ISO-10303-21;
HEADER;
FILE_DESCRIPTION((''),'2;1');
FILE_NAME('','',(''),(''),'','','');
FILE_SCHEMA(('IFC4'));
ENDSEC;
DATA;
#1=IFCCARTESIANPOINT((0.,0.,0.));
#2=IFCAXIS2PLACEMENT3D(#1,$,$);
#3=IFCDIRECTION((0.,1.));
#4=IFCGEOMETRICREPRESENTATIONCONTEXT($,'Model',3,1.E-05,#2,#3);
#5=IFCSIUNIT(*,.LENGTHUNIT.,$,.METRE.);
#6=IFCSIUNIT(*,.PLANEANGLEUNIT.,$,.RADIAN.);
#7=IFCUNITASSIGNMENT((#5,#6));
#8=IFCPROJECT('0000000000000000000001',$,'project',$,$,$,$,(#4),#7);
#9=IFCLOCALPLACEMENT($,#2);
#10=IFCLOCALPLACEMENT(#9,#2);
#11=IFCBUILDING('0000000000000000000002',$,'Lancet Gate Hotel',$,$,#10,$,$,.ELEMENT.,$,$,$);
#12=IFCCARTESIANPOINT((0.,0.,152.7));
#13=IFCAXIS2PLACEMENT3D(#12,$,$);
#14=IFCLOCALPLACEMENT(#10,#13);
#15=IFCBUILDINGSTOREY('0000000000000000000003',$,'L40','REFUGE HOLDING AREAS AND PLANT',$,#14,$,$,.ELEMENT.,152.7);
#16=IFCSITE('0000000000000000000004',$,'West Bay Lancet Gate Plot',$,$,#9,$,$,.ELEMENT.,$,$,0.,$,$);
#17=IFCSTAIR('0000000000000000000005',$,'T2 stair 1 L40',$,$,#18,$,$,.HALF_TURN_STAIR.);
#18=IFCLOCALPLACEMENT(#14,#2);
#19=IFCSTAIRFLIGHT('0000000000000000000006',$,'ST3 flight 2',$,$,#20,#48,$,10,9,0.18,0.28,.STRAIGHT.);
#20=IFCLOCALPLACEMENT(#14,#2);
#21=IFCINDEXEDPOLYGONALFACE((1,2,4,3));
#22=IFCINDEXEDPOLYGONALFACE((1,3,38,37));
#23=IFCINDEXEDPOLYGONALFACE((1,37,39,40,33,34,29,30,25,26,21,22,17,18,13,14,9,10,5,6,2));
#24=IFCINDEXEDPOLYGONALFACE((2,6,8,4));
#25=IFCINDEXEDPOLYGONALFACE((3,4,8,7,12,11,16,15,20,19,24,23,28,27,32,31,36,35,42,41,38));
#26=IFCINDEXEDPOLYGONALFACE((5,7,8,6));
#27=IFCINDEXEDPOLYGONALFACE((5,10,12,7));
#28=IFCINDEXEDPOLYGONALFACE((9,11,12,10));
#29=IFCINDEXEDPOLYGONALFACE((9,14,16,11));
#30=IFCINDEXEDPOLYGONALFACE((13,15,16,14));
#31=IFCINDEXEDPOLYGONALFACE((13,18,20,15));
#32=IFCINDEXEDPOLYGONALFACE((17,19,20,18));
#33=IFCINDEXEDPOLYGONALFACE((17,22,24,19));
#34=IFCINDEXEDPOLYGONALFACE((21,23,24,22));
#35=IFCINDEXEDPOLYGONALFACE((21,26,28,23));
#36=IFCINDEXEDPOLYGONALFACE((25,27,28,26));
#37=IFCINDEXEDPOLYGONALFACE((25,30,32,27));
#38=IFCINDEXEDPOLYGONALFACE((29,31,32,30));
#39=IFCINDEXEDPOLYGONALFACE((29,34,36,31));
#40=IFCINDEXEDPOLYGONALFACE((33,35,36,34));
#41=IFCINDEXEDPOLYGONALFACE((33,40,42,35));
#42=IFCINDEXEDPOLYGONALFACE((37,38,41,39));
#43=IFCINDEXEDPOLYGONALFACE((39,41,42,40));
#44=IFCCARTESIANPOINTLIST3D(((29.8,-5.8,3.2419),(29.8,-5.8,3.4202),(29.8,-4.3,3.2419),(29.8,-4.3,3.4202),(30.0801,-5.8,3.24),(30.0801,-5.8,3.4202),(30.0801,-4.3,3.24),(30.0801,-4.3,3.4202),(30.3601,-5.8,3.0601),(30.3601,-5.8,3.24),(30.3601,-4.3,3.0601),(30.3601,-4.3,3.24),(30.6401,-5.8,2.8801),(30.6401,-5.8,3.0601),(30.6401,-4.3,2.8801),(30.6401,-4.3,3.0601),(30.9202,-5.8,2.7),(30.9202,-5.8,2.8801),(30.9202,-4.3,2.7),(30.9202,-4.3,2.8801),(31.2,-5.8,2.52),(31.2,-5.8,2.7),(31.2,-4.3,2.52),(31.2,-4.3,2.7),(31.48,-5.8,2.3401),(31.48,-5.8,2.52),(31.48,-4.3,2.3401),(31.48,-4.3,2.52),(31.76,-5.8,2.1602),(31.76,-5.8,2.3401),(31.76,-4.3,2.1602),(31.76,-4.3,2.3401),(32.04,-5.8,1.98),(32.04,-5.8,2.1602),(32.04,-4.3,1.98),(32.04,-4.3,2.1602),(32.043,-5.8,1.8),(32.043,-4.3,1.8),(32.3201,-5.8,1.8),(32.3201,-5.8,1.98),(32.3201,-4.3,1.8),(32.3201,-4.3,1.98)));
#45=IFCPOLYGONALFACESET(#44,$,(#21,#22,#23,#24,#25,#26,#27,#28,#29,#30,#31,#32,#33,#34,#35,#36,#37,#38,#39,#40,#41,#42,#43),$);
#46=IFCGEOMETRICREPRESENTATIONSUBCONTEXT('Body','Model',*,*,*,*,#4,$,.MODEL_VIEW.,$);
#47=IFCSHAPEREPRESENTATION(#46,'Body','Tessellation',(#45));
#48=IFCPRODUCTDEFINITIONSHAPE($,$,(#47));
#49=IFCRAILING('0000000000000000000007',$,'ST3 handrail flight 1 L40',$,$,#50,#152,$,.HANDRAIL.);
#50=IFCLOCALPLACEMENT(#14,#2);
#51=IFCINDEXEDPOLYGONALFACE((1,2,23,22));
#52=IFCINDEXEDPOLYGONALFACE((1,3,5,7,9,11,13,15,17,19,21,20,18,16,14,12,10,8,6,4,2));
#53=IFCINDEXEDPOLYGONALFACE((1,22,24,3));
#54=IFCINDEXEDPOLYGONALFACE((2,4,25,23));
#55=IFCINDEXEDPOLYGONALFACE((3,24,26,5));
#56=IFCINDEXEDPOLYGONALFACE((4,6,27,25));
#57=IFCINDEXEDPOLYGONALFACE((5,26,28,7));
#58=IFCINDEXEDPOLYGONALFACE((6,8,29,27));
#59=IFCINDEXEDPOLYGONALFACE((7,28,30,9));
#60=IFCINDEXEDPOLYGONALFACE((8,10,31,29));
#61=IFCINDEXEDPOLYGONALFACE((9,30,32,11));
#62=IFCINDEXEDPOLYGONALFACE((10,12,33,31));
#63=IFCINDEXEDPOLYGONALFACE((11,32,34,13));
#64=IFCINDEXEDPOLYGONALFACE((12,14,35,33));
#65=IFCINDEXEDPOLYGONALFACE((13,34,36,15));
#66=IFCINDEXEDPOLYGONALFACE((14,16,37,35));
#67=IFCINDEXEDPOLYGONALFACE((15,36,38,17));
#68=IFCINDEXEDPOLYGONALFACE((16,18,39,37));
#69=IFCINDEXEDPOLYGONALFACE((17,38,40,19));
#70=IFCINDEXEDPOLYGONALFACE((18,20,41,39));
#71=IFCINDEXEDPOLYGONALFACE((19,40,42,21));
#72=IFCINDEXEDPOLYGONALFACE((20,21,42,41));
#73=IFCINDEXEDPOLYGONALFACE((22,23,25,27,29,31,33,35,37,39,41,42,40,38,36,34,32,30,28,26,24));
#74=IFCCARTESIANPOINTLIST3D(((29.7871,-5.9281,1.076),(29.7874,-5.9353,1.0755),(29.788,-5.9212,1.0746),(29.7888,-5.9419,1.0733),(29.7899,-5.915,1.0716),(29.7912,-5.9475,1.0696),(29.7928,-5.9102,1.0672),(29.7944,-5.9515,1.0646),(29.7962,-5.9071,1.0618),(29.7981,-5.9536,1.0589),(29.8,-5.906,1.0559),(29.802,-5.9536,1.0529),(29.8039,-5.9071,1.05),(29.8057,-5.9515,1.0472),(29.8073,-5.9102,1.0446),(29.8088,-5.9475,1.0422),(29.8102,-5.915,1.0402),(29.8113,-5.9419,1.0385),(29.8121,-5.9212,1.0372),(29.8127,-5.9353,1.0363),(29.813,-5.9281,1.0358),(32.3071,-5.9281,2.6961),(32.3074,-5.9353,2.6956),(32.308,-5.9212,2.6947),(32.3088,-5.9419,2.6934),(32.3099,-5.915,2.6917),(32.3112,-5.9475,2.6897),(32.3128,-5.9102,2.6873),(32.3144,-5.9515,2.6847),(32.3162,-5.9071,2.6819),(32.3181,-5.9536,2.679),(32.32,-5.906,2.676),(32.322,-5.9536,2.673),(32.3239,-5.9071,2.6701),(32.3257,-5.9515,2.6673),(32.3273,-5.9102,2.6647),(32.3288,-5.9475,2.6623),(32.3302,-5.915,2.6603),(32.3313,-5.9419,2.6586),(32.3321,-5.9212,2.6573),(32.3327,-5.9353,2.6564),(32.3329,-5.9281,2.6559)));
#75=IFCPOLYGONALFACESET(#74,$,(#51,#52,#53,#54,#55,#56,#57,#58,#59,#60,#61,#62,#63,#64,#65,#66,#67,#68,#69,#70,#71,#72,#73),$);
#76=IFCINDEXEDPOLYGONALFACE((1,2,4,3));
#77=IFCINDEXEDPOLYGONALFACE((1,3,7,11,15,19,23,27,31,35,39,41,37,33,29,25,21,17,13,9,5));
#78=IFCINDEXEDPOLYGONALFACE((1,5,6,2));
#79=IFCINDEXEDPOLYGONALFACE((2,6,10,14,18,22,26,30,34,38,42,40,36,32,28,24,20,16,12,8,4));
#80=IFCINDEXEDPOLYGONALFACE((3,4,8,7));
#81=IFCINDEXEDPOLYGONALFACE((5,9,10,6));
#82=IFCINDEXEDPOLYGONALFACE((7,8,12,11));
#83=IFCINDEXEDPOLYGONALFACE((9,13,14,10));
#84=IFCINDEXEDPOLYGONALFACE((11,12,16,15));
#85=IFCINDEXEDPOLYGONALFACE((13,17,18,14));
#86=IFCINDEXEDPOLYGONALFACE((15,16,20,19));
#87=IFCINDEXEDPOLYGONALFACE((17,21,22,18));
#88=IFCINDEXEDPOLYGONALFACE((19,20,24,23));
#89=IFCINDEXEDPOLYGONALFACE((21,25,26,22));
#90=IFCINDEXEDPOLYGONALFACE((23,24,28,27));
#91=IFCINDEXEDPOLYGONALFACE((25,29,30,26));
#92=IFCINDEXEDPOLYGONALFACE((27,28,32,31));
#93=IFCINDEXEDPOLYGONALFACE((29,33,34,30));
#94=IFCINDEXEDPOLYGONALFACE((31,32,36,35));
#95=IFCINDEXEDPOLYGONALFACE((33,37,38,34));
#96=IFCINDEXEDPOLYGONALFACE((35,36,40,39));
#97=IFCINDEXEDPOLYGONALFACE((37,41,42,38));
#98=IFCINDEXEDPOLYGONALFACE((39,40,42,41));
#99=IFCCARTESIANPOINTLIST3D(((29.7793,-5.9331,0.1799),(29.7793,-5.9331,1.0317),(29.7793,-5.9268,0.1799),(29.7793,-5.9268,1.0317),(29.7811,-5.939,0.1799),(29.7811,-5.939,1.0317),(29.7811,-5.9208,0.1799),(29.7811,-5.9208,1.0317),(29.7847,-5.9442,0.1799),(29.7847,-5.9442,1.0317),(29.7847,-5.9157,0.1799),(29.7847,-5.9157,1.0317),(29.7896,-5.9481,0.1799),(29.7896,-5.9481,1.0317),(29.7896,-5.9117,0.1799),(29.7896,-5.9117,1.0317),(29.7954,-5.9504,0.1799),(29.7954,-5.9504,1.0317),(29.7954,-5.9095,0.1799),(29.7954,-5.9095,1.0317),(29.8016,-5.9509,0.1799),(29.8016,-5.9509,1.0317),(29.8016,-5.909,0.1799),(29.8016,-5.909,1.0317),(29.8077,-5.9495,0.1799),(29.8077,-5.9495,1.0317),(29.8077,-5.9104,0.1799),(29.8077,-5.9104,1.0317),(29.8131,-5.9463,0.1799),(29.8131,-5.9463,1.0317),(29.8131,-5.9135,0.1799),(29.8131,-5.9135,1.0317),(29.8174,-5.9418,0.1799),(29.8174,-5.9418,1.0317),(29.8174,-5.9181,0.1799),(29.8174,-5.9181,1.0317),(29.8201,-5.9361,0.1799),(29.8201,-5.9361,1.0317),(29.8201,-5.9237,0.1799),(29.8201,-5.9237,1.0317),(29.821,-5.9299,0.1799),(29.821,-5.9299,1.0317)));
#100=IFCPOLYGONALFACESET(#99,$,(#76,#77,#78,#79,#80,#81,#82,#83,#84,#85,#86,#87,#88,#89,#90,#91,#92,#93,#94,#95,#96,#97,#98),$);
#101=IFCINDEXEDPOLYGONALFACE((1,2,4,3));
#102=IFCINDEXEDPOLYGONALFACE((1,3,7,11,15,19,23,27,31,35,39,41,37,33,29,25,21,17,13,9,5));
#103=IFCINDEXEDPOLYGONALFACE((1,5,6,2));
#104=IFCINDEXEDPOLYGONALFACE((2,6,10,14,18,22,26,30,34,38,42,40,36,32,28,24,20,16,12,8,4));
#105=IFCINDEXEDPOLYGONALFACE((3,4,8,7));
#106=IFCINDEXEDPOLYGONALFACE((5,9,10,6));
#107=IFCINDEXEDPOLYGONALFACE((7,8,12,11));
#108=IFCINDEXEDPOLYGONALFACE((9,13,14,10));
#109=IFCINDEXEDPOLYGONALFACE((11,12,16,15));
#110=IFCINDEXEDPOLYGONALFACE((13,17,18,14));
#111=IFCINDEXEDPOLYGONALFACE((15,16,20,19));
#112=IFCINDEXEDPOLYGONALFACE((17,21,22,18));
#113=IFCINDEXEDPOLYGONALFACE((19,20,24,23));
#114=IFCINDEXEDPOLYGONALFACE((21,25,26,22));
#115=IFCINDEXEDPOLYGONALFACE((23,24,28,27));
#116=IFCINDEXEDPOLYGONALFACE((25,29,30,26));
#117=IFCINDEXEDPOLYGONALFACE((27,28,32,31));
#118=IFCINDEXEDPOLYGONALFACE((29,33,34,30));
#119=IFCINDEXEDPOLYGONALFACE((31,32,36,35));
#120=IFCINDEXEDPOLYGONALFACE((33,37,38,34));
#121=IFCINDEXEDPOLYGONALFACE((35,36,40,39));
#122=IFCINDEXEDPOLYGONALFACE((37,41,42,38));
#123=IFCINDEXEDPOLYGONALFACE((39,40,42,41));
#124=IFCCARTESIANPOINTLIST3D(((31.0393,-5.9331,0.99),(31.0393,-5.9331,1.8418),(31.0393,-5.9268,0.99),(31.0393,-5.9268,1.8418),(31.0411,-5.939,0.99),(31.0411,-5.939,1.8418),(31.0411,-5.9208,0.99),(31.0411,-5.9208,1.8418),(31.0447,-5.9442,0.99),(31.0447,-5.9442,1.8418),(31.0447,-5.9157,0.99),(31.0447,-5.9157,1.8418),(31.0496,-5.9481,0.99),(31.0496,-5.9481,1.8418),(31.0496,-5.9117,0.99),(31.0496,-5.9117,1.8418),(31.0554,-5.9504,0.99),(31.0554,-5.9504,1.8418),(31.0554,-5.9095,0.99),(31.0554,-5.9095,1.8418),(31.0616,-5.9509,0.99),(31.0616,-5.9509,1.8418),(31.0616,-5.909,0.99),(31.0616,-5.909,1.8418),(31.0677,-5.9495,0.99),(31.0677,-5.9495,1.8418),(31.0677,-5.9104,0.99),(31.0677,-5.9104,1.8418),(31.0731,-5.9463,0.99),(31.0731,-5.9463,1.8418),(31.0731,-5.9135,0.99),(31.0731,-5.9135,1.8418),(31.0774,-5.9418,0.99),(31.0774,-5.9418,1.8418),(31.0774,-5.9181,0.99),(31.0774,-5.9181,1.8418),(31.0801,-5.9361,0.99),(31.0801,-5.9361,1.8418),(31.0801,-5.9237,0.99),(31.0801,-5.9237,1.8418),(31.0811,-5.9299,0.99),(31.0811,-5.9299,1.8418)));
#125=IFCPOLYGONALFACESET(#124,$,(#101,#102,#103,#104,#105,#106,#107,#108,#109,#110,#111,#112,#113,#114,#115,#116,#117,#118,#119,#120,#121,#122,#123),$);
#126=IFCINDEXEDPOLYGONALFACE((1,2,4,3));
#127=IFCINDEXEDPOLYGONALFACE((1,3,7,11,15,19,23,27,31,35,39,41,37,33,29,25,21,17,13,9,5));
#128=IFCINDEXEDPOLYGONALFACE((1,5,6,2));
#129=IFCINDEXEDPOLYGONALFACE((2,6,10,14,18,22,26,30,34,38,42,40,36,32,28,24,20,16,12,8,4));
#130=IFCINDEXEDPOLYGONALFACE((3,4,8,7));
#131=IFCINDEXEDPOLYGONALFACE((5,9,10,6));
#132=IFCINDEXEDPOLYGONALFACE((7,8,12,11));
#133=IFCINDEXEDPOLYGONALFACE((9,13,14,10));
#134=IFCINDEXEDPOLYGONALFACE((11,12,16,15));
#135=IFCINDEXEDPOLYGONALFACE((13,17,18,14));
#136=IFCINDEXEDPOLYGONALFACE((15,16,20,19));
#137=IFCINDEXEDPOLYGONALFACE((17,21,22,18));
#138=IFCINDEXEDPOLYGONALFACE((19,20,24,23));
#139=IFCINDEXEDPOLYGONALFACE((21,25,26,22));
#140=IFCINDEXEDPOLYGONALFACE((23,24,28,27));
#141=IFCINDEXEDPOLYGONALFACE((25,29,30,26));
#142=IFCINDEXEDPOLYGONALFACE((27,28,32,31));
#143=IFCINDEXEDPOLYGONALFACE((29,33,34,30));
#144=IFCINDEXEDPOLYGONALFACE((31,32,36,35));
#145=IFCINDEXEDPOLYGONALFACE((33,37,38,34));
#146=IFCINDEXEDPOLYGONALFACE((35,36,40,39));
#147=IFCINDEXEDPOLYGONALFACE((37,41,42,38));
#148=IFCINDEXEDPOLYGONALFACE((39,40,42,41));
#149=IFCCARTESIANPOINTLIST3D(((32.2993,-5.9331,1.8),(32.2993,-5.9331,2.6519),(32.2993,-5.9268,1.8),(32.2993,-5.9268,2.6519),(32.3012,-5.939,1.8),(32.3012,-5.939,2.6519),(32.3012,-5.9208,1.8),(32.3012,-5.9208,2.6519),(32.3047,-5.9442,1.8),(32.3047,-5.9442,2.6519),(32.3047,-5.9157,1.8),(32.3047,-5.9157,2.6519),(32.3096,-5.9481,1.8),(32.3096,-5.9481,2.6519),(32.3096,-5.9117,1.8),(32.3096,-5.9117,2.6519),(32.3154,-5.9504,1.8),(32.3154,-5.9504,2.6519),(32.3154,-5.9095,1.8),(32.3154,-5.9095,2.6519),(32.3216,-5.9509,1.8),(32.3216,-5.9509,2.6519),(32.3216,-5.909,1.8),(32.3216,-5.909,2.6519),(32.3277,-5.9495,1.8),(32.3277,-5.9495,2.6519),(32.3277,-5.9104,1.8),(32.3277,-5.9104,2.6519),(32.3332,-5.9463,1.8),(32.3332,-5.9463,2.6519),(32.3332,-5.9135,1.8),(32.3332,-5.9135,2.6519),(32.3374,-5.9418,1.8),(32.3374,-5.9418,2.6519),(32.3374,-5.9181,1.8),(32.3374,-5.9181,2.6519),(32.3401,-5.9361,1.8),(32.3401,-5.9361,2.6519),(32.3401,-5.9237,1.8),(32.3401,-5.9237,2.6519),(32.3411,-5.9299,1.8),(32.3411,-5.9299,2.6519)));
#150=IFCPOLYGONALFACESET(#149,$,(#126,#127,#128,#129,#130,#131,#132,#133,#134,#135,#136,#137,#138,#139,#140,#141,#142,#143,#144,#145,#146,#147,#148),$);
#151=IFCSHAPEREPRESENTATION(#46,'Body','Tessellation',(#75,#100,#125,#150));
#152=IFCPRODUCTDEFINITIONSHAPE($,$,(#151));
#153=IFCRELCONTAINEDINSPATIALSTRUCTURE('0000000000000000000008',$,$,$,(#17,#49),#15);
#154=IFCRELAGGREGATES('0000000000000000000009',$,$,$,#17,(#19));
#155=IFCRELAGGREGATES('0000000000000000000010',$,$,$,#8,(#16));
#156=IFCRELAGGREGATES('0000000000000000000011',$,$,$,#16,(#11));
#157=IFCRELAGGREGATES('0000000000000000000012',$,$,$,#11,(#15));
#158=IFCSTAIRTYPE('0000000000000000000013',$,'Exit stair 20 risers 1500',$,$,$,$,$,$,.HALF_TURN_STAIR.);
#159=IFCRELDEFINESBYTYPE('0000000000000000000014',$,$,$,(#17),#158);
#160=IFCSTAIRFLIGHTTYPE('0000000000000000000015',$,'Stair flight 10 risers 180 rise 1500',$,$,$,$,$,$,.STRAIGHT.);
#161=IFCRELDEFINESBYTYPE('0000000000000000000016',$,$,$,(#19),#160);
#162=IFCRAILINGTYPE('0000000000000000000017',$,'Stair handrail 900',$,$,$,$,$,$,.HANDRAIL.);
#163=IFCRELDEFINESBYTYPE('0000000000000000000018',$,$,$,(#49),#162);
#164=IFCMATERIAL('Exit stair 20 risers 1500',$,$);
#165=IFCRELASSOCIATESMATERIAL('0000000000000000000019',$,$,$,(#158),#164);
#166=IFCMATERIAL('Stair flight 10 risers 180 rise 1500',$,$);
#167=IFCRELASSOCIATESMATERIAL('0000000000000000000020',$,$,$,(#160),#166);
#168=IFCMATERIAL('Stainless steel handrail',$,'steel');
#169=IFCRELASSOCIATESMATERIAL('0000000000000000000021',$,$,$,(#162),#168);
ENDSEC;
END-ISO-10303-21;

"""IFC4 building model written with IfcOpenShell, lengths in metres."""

from ifc_helpers import new_model, si_unit, direction, frame, origin, origin_2d, place, context, subcontext, project, spatial, polyline, circle, outline, extrude, material, type_object, element, aggregate, save


model = new_model("IFC4")

# Units and contexts
model_context = context("Model", 3, precision=1e-05, world=origin(), true_north=direction((0.0, 1.0)))
body_context = subcontext(model_context, "Body", "Model", "MODEL_VIEW")
ifc_project = project(units=[si_unit("LENGTHUNIT", "METRE"), si_unit("PLANEANGLEUNIT", "RADIAN")], contexts=[model_context])

# Site, building, storey
site_placement = place(None, origin())
site = spatial("IfcSite", under=ifc_project, at=site_placement, Name="West Bay Lancet Gate Plot", CompositionType="ELEMENT", RefElevation=0.0)
building_placement = place(site_placement, origin())
building = spatial("IfcBuilding", under=site, at=building_placement, Name="Lancet Gate Hotel", CompositionType="ELEMENT")
storey_placement = place(building_placement, frame((0.0, 0.0, 152.7)))
storey = spatial("IfcBuildingStorey", under=building, at=storey_placement, Name="L40", Description="REFUGE HOLDING AREAS AND PLANT", CompositionType="ELEMENT", Elevation=152.7)

# Stair, stair flight
ifc_material_1 = material(Name="Exit stair 20 risers 1500")
stair_type = type_object("IfcStairType", Name="Exit stair 20 risers 1500", PredefinedType="HALF_TURN_STAIR", material=ifc_material_1)
stair_placement = place(storey_placement, origin())
stair = element("IfcStair", 1, at=stair_placement, inside=storey, type_object=stair_type, Name="T2 stair 1 L40", PredefinedType="HALF_TURN_STAIR")
ifc_material_2 = material(Name="Stair flight 10 risers 180 rise 1500")
stair_flight_type = type_object("IfcStairFlightType", Name="Stair flight 10 risers 180 rise 1500", PredefinedType="STRAIGHT", material=ifc_material_2)
stair_flight_1_placement = place(storey_placement, frame((32.3201, -5.05, 1.8), z_axis=(0.0, 0.0, 1.0), x_axis=(-1.0, 0.0, 0.0)))
stair_flight_1 = element("IfcStairFlight", 2, at=stair_flight_1_placement, type_object=stair_flight_type, Name="ST3 flight 2", NumberOfRisers=10, NumberOfTreads=9, PredefinedType="STRAIGHT", RiserHeight=0.18, TreadLength=0.28, context=body_context, shape_type="SweptSolid", body=[
    extrude(outline(polyline([(0.0, 0.0), (0.0, 0.1799), (0.28, 0.1799), (0.28, 0.3601), (0.5601, 0.3601), (0.5601, 0.54), (0.8401, 0.54), (0.8401, 0.72), (1.1201, 0.72), (1.1201, 0.8999), (1.3999, 0.8999), (1.3999, 1.0801), (1.6799, 1.0801), (1.6799, 1.26), (1.96, 1.26), (1.96, 1.4399), (2.24, 1.4399), (2.24, 1.6201), (2.52, 1.6201), (2.52, 1.8), (2.52, 1.4419), (0.2771, 0.0), (0.0, 0.0)])), frame((0.0, 0.75, 0.0), z_axis=(0.0, -1.0, 0.0), x_axis=(1.0, 0.0, 0.0)), (0.0, 0.0, 1.0), 1.5),
])
aggregate(stair, [stair_flight_1])

# Railing
ifc_material_3 = material(Name="Stainless steel handrail", Category="steel")
railing_type = type_object("IfcRailingType", Name="Stair handrail 900", PredefinedType="HANDRAIL", material=ifc_material_3)
railing_1_placement = place(storey_placement, frame((29.8, -5.9299, 0.1799)))
element("IfcRailing", 3, at=railing_1_placement, inside=storey, type_object=railing_type, Name="ST3 handrail flight 1 L40", PredefinedType="HANDRAIL", context=body_context, shape_type="SweptSolid", body=[
    extrude(circle(Radius=0.0239, at=origin_2d()), frame((0.0, 0.0, 0.876), z_axis=(0.841163, 0.0, 0.540782), x_axis=(0.0, 1.0, 0.0)), (0.0, 0.0, 1.0), 2.9958),
    extrude(circle(Radius=0.021, at=origin_2d()), origin(), (0.0, 0.0, 1.0), 0.8518),
    extrude(circle(Radius=0.021, at=origin_2d()), frame((1.26, 0.0, 0.8101)), (0.0, 0.0, 1.0), 0.8518),
    extrude(circle(Radius=0.021, at=origin_2d()), frame((2.52, 0.0, 1.6201)), (0.0, 0.0, 1.0), 0.8518),
])

save(model, "model.ifc")
